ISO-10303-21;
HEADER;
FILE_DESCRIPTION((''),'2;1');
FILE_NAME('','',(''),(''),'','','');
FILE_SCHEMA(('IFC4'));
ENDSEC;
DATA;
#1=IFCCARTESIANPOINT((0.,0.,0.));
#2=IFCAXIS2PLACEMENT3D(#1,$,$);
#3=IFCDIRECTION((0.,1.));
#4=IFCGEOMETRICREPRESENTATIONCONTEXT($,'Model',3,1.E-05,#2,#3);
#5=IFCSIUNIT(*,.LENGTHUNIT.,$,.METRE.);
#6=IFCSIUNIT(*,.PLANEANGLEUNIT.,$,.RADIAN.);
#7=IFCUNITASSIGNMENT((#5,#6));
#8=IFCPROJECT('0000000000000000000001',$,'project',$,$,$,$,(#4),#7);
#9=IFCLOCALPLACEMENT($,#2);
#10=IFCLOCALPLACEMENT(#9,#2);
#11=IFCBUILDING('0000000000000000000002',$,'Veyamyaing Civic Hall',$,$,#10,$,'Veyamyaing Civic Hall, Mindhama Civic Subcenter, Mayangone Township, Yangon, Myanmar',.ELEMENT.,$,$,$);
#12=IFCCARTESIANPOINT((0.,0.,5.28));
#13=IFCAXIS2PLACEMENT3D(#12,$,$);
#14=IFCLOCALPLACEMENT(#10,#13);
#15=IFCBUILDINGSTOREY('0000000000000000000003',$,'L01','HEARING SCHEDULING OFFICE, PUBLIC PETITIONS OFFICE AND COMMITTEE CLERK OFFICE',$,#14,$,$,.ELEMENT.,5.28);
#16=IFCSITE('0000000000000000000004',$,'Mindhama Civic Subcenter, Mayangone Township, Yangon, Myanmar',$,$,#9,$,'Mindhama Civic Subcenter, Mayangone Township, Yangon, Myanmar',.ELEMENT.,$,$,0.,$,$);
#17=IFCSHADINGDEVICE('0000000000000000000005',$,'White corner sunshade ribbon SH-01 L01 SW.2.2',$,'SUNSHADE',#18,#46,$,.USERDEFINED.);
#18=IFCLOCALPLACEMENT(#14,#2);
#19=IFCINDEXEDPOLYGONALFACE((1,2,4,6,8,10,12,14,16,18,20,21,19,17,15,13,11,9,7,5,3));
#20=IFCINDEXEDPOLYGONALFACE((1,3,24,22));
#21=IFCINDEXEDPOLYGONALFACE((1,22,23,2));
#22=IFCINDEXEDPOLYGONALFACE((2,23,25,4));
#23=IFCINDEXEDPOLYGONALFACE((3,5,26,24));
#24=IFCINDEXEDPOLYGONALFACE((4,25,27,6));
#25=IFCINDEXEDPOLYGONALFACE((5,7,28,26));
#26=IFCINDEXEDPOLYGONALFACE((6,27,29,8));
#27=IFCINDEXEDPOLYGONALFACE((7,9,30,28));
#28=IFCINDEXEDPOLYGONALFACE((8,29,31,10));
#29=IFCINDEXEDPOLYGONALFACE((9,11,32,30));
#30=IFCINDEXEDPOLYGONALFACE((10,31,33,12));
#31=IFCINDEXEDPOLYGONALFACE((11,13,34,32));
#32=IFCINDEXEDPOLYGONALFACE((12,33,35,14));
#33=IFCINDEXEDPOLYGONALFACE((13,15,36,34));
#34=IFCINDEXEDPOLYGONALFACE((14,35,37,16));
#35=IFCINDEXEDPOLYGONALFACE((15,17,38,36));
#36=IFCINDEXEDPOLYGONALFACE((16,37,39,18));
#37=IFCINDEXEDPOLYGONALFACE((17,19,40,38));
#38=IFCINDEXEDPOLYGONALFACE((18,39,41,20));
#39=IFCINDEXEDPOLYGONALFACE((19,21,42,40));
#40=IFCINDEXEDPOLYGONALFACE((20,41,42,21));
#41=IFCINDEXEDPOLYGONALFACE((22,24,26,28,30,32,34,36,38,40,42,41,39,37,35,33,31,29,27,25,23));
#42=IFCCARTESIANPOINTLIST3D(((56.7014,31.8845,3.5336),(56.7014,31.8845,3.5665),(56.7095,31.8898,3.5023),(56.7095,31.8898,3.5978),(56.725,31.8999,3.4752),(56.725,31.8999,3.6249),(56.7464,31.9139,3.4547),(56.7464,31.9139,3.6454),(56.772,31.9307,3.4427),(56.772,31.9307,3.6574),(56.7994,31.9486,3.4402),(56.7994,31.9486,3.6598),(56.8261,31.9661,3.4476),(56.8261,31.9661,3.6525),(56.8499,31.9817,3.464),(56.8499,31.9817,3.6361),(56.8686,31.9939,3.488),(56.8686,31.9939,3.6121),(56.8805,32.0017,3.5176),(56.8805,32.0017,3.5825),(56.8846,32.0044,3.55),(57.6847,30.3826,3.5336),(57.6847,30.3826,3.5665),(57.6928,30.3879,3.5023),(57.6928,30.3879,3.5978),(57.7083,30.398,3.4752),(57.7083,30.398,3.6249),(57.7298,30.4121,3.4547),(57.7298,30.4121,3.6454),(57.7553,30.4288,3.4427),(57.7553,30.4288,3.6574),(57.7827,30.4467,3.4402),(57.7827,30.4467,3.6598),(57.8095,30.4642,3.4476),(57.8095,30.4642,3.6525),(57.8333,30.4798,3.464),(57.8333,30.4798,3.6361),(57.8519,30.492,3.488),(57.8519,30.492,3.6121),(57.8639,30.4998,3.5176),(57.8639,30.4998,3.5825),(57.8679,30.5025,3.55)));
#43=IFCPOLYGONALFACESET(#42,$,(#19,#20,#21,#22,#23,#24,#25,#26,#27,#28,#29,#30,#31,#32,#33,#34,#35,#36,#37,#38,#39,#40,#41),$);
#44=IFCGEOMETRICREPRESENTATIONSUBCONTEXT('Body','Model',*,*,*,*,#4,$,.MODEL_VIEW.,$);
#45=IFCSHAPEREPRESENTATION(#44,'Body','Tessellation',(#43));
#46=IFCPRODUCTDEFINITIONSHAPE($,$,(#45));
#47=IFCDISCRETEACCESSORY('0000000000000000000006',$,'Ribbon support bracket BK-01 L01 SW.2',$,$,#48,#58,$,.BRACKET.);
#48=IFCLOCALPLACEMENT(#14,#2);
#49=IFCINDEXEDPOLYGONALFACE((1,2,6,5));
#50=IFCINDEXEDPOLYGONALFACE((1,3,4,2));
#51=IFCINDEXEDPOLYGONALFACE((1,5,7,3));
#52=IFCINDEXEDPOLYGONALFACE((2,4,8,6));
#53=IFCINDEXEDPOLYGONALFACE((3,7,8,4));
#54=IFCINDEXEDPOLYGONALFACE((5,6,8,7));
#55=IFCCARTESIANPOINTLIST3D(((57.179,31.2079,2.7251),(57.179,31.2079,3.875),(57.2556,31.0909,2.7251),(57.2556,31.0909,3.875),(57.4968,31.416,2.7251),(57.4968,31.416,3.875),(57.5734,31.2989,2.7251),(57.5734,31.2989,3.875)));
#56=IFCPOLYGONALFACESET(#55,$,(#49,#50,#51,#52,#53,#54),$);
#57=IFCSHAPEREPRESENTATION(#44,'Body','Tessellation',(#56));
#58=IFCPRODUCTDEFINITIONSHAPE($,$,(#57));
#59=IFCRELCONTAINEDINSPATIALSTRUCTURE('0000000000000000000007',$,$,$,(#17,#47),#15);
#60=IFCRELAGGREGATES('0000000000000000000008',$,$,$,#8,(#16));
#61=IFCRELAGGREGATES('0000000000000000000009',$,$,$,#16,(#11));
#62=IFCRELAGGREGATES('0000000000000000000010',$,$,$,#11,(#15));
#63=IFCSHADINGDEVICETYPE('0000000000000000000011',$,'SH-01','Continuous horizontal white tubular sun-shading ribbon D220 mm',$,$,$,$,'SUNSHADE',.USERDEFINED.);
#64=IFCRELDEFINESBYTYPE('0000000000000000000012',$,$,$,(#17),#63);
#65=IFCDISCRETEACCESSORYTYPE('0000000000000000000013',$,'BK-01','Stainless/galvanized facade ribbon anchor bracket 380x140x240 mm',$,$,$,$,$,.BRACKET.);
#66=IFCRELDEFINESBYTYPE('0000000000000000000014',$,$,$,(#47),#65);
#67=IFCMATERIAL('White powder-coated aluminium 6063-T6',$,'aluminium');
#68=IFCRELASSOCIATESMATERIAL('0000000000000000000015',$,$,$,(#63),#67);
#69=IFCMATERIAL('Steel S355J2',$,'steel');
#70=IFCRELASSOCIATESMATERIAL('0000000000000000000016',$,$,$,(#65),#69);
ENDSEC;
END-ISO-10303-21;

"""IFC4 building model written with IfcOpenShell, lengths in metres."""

from ifc_helpers import new_model, si_unit, direction, frame, origin, origin_2d, place, context, subcontext, project, spatial, rectangle, circle, extrude, material, material_profile, profile_set, type_object, element, save


model = new_model("IFC4")

# Units and contexts
model_context = context("Model", 3, precision=1e-05, world=origin(), true_north=direction((0.0, 1.0)))
body_context = subcontext(model_context, "Body", "Model", "MODEL_VIEW")
ifc_project = project(units=[si_unit("LENGTHUNIT", "METRE"), si_unit("PLANEANGLEUNIT", "RADIAN")], contexts=[model_context])

# Site, building, storey
site_placement = place(None, origin())
site = spatial("IfcSite", under=ifc_project, at=site_placement, Name="Mindhama Civic Subcenter, Mayangone Township, Yangon, Myanmar", LongName="Mindhama Civic Subcenter, Mayangone Township, Yangon, Myanmar", CompositionType="ELEMENT", RefElevation=0.0)
building_placement = place(site_placement, origin())
building = spatial("IfcBuilding", under=site, at=building_placement, Name="Veyamyaing Civic Hall", LongName="Veyamyaing Civic Hall, Mindhama Civic Subcenter, Mayangone Township, Yangon, Myanmar", CompositionType="ELEMENT")
storey_placement = place(building_placement, frame((0.0, 0.0, 5.28)))
storey = spatial("IfcBuildingStorey", under=building, at=storey_placement, Name="L01", Description="HEARING SCHEDULING OFFICE, PUBLIC PETITIONS OFFICE AND COMMITTEE CLERK OFFICE", CompositionType="ELEMENT", Elevation=5.28)

# Shared definitions
ifc_material_1 = material(Name="White powder-coated aluminium 6063-T6", Category="aluminium")

# Shading device
ifc_material_profile_1 = material_profile(ifc_material_1, circle(Radius=0.1101, at=origin_2d()), Name="SHADE-TUBE-220")
ifc_profile_set_1 = profile_set([ifc_material_profile_1], Name="White powder-coated aluminium 6063-T6")
shading_device_type = type_object("IfcShadingDeviceType", Name="SH-01", Description="Continuous horizontal white tubular sun-shading ribbon D220 mm", ElementType="SUNSHADE", PredefinedType="USERDEFINED", material=ifc_profile_set_1)
shading_device_placement = place(storey_placement, frame((56.7925, 31.9441, 3.55), z_axis=(0.547777, -0.836624, 0.0), x_axis=(0.836624, 0.547777, 0.0)))
element("IfcShadingDevice", 1, at=shading_device_placement, inside=storey, type_object=shading_device_type, Name="White corner sunshade ribbon SH-01 L01 SW.2.2", ObjectType="SUNSHADE", PredefinedType="USERDEFINED", context=body_context, shape_type="SweptSolid", body=[
    extrude(circle(Radius=0.1101, at=origin_2d()), origin(), (0.0, 0.0, 1.0), 1.7952),
])

# Discrete accessory
ifc_material_2 = material(Name="Steel S355J2", Category="steel")
discrete_accessory_type = type_object("IfcDiscreteAccessoryType", Name="BK-01", Description="Stainless/galvanized facade ribbon anchor bracket 380x140x240 mm", PredefinedType="BRACKET", material=ifc_material_2)
discrete_accessory_placement = place(storey_placement, frame((57.3762, 31.2534, 2.7251), z_axis=(0.0, 0.0, 1.0), x_axis=(-0.836628, -0.547772, 0.0)))
element("IfcDiscreteAccessory", 2, at=discrete_accessory_placement, inside=storey, type_object=discrete_accessory_type, Name="Ribbon support bracket BK-01 L01 SW.2", PredefinedType="BRACKET", context=body_context, shape_type="SweptSolid", body=[
    extrude(rectangle(XDim=0.3799, YDim=0.1399, at=origin_2d()), origin(), (0.0, 0.0, 1.0), 1.1499),
])

save(model, "model.ifc")
